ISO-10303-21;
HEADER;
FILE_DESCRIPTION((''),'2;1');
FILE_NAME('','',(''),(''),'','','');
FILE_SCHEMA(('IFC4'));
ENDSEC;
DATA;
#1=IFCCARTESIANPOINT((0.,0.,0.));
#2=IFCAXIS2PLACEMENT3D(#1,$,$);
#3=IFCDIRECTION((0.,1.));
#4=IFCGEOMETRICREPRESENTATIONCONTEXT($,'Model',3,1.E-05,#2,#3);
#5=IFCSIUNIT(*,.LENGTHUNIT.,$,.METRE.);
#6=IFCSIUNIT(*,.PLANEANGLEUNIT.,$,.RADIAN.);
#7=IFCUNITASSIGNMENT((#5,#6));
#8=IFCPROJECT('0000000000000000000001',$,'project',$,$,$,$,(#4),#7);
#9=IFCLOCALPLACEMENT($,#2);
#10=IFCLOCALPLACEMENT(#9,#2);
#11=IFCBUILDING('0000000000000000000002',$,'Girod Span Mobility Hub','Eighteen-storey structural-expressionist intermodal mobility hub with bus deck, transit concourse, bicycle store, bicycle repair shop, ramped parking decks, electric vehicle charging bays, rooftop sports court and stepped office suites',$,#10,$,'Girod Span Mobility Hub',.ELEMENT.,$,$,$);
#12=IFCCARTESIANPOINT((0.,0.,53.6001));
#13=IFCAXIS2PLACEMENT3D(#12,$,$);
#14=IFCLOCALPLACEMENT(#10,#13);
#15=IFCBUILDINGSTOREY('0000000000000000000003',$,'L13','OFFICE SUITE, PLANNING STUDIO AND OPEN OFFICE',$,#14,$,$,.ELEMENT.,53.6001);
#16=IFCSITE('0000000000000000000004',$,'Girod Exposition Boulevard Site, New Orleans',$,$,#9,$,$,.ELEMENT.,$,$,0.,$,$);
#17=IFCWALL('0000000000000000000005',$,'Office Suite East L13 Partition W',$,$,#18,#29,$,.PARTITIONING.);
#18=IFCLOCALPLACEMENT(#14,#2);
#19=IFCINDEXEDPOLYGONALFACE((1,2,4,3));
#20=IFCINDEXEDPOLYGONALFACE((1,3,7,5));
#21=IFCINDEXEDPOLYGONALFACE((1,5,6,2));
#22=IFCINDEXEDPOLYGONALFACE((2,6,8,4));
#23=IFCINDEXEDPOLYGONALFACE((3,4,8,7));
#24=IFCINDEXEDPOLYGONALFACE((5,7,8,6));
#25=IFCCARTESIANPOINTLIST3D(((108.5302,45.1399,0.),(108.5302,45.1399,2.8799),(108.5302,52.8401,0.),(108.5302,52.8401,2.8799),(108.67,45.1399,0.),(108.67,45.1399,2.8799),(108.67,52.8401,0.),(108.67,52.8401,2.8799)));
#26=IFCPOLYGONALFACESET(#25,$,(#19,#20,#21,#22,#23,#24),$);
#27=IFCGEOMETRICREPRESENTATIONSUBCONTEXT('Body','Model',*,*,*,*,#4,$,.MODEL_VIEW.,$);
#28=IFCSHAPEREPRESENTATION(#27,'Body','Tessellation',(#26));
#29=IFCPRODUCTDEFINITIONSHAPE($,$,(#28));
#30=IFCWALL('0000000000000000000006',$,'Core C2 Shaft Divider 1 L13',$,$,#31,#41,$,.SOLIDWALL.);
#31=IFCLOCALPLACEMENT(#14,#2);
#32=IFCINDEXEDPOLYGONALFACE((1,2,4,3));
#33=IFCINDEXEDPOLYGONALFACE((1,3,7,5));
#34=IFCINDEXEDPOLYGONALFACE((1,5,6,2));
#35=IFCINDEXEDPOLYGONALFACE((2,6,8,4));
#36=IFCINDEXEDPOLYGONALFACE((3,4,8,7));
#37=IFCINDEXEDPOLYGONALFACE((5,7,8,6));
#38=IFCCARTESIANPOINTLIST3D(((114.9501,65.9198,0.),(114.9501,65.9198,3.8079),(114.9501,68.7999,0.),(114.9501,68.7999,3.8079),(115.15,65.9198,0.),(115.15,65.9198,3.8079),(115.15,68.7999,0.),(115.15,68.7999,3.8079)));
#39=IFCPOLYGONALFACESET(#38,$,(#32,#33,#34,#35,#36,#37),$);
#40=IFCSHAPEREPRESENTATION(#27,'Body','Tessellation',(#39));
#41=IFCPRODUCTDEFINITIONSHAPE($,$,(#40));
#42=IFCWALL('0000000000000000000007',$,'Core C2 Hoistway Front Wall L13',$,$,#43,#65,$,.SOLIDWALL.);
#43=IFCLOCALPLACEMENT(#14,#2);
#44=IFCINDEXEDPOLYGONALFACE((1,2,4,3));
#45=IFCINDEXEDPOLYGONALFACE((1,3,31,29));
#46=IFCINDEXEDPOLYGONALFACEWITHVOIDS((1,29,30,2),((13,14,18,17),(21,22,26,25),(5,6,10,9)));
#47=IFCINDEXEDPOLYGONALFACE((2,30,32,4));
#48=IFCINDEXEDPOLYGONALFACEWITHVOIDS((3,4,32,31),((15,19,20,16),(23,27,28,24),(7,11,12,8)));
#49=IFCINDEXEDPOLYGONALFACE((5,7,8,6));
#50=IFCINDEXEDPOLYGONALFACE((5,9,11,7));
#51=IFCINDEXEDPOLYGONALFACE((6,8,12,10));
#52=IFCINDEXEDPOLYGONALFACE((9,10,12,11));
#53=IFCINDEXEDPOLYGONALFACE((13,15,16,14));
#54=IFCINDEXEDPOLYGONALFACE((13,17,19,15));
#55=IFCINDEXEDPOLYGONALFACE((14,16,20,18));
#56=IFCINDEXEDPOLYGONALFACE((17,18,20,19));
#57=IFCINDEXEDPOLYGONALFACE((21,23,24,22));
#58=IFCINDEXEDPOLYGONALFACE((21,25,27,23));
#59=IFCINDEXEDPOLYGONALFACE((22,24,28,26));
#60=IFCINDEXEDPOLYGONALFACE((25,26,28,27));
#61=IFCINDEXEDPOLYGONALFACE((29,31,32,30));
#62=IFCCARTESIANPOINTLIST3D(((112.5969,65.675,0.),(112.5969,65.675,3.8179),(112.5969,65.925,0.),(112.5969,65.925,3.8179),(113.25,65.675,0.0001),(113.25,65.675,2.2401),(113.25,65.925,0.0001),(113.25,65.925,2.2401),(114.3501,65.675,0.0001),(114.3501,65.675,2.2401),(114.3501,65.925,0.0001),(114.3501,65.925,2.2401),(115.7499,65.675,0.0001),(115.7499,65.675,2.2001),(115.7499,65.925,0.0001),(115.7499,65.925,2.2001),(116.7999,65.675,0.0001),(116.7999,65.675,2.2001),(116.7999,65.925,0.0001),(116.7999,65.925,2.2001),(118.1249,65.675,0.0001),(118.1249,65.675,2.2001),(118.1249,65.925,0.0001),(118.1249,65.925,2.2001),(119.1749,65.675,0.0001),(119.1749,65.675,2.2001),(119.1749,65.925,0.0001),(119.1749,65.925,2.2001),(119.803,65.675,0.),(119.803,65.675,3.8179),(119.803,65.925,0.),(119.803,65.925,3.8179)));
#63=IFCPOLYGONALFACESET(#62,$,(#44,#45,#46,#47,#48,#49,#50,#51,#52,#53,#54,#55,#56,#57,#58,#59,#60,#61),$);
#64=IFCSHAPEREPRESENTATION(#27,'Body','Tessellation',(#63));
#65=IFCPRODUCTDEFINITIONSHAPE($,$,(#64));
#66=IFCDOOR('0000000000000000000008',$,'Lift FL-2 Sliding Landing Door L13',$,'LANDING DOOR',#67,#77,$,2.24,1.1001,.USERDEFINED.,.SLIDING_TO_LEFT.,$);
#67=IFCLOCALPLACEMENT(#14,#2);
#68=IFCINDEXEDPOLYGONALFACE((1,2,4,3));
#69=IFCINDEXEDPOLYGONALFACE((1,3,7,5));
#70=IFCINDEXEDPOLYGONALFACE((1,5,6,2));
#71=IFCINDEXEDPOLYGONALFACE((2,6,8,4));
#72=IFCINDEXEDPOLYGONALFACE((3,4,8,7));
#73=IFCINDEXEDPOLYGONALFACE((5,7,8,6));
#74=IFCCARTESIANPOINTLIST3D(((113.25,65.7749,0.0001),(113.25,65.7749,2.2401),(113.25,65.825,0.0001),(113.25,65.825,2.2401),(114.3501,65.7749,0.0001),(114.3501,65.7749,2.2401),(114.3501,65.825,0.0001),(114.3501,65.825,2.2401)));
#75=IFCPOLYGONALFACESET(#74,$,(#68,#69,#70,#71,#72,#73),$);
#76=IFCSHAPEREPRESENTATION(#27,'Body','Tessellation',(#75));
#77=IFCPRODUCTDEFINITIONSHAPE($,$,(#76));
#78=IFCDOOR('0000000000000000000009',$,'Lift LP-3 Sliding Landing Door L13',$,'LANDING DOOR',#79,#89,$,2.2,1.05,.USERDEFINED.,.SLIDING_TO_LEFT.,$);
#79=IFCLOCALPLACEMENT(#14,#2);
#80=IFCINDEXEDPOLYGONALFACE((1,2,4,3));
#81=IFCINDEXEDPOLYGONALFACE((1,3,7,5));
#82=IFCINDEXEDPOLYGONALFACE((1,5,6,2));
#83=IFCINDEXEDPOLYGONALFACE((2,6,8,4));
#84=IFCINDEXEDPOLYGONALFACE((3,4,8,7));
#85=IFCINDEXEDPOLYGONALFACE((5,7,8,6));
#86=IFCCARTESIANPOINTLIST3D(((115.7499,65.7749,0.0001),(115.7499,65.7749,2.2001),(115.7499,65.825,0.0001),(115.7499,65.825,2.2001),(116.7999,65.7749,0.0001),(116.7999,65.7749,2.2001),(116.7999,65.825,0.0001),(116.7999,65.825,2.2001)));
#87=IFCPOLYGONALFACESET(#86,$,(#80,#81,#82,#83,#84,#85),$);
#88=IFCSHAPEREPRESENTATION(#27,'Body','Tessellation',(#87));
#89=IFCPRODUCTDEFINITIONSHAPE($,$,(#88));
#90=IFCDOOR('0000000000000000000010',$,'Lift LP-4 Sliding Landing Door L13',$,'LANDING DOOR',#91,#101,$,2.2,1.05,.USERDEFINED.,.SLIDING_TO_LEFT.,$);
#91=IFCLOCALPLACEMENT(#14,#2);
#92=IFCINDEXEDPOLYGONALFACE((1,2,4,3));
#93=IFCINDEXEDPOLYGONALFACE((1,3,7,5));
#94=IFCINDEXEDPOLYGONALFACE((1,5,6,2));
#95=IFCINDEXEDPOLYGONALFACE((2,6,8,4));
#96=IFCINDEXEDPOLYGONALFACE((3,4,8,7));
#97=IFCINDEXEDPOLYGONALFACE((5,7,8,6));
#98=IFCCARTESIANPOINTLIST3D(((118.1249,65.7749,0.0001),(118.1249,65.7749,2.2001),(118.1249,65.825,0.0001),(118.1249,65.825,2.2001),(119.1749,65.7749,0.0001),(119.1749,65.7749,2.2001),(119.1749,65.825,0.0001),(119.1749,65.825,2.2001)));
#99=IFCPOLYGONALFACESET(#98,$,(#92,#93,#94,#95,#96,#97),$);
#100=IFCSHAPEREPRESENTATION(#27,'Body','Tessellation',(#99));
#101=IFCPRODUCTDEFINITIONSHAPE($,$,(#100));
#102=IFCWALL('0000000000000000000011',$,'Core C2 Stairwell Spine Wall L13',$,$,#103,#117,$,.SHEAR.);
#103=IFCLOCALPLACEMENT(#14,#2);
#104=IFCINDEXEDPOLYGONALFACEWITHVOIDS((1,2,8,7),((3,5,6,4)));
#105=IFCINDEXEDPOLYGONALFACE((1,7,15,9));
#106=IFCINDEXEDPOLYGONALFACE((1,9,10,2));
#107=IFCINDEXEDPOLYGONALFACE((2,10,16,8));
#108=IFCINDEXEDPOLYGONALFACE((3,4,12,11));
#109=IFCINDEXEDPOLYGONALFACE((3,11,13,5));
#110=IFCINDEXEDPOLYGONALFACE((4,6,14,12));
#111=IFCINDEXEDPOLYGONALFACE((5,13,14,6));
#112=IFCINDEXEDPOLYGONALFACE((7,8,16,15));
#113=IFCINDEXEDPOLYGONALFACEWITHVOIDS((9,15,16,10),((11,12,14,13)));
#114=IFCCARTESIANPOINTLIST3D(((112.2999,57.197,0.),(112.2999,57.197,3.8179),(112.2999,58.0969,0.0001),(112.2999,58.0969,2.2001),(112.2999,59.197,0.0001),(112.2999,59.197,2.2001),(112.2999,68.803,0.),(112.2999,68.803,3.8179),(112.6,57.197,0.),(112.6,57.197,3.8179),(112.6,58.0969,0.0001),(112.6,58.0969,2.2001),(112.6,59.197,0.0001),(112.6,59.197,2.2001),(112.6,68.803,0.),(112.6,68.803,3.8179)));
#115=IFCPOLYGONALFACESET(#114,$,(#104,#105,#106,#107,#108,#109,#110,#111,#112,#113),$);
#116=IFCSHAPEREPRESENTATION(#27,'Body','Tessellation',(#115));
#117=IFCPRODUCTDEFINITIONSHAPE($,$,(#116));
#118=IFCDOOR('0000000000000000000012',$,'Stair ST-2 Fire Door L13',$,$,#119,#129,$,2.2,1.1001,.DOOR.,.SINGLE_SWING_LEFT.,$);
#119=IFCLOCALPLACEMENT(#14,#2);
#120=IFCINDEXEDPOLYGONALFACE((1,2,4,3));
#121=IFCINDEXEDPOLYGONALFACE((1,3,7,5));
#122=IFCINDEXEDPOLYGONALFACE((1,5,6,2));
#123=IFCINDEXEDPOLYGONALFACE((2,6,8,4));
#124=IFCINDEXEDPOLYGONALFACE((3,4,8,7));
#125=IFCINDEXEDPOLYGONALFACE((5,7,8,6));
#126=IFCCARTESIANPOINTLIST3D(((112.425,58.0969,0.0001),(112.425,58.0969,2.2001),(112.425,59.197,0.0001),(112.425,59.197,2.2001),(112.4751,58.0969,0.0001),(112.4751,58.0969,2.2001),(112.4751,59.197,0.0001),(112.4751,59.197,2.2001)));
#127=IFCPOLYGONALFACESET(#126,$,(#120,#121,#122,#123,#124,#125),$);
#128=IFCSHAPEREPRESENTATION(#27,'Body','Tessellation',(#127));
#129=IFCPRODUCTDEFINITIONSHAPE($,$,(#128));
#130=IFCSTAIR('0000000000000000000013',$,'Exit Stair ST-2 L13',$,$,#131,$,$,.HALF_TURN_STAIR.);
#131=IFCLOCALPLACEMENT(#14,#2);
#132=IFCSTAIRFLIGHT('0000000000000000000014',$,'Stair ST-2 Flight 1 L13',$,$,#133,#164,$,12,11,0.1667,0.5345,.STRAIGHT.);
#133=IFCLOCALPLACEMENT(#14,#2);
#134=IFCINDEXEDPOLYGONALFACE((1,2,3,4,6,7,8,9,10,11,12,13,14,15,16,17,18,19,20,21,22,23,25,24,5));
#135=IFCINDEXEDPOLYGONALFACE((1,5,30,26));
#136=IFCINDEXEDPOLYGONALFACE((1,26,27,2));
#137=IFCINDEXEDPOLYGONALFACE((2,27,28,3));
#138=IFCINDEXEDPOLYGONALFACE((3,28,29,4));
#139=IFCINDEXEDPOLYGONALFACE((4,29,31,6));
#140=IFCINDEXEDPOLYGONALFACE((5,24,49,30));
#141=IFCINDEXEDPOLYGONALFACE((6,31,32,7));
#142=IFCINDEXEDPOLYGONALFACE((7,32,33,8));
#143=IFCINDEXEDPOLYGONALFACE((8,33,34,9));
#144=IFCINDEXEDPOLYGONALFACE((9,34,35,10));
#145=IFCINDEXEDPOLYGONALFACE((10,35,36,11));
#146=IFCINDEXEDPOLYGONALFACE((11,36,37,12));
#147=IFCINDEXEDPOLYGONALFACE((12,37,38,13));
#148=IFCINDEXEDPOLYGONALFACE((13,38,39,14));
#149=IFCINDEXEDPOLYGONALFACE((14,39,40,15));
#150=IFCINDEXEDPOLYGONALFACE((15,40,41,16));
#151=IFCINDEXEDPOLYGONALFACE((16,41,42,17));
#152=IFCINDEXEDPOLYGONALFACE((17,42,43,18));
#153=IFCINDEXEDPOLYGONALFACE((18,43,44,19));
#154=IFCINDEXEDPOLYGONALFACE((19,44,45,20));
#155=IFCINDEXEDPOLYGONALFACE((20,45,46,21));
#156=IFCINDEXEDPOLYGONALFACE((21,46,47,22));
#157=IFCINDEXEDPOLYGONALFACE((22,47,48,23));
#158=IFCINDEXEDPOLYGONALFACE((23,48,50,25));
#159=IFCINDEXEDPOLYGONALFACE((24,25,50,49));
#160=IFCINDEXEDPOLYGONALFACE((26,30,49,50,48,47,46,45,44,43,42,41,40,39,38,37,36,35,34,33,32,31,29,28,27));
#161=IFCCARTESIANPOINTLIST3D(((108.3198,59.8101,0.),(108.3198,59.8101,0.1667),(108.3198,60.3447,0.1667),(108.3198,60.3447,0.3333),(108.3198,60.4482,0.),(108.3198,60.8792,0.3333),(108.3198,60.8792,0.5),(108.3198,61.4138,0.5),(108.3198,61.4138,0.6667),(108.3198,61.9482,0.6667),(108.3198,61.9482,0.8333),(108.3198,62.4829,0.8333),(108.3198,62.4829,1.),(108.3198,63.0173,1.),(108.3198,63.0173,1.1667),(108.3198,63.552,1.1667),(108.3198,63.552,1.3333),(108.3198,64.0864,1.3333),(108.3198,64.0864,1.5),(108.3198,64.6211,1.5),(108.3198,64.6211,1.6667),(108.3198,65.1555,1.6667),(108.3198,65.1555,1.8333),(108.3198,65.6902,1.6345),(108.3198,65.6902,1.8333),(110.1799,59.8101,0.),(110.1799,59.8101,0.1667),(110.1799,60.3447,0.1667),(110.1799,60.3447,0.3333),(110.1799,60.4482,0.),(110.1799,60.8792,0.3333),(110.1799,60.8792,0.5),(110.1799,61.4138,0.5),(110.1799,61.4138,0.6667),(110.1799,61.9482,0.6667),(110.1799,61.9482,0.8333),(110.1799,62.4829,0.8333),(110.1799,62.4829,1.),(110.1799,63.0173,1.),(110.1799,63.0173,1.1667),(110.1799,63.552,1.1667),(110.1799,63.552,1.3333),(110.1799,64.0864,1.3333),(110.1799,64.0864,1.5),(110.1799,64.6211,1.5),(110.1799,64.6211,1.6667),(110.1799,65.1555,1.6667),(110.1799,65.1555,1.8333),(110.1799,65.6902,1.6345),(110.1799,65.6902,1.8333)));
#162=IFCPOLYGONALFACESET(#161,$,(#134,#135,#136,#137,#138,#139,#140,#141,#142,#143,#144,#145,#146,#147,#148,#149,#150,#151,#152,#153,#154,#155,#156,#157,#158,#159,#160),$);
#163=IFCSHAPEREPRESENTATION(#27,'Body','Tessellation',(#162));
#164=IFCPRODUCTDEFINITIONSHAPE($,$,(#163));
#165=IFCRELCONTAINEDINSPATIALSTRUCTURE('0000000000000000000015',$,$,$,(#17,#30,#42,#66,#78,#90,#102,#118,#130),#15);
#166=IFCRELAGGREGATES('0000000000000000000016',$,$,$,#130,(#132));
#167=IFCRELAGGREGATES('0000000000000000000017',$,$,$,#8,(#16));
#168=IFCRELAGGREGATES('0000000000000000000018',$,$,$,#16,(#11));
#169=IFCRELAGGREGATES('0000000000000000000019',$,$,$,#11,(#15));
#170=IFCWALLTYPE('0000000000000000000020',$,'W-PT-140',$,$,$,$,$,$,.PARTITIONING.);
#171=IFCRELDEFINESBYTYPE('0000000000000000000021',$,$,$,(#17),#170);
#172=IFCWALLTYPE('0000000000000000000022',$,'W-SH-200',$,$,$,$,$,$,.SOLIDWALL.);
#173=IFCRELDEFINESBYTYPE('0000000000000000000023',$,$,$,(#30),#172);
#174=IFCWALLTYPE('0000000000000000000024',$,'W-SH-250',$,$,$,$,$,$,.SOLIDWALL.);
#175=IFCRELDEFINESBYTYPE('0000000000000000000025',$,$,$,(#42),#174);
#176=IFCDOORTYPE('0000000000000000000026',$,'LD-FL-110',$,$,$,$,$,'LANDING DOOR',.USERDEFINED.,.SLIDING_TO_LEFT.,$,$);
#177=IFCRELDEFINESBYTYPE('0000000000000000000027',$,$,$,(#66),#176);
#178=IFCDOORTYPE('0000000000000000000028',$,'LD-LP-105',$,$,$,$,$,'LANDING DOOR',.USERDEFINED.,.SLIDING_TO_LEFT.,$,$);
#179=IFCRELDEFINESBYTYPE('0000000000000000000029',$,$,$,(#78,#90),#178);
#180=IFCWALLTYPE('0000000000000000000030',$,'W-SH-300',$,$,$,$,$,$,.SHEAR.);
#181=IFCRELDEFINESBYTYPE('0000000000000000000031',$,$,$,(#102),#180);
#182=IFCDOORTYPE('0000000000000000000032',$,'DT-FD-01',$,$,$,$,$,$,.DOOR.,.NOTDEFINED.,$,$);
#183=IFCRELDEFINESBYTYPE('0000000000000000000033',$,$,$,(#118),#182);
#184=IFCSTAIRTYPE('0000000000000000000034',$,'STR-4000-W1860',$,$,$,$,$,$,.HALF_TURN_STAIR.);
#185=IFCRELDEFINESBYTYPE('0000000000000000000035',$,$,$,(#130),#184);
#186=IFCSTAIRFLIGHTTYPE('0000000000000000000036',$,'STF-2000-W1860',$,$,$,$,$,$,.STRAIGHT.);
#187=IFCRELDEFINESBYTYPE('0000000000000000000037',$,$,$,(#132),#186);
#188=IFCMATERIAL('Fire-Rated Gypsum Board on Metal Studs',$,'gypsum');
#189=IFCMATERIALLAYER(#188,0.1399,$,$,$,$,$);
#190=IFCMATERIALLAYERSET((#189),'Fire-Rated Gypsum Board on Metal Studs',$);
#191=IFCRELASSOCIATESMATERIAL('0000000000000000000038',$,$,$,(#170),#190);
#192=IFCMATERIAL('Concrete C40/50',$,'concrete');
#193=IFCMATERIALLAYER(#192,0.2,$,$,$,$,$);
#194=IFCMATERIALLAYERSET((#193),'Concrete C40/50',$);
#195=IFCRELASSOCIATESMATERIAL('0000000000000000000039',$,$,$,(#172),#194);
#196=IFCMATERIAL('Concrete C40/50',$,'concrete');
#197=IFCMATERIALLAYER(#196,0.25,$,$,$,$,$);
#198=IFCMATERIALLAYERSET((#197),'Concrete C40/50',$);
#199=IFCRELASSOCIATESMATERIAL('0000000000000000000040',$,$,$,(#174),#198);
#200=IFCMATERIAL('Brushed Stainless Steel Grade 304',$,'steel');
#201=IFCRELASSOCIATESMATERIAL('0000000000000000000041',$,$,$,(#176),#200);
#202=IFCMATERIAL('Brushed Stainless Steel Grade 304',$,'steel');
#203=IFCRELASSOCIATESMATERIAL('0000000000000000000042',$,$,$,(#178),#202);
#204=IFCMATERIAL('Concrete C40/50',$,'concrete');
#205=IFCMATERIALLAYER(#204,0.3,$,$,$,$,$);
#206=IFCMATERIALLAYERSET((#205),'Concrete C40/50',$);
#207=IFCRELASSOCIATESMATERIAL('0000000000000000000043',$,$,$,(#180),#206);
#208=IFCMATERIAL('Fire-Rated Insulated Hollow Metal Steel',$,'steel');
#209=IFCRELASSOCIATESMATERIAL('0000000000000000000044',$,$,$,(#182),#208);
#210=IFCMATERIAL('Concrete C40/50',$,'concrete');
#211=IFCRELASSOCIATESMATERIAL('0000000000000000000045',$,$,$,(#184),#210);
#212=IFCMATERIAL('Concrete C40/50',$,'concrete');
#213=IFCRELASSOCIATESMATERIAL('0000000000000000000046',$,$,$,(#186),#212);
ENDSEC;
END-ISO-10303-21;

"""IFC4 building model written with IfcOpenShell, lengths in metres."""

from ifc_helpers import new_model, si_unit, direction, frame, frame_2d, origin, place, context, subcontext, project, spatial, polyline, rectangle, outline, extrude, material, layer, layer_set, type_object, element, fill, aggregate, save


model = new_model("IFC4")

# Units and contexts
model_context = context("Model", 3, precision=1e-05, world=origin(), true_north=direction((0.0, 1.0)))
body_context = subcontext(model_context, "Body", "Model", "MODEL_VIEW")
ifc_project = project(units=[si_unit("LENGTHUNIT", "METRE"), si_unit("PLANEANGLEUNIT", "RADIAN")], contexts=[model_context])

# Site, building, storey
site_placement = place(None, origin())
site = spatial("IfcSite", under=ifc_project, at=site_placement, Name="Girod Exposition Boulevard Site, New Orleans", CompositionType="ELEMENT", RefElevation=0.0)
building_placement = place(site_placement, origin())
building = spatial("IfcBuilding", under=site, at=building_placement, Name="Girod Span Mobility Hub", Description="Eighteen-storey structural-expressionist intermodal mobility hub with bus deck, transit concourse, bicycle store, bicycle repair shop, ramped parking decks, electric vehicle charging bays, rooftop sports court and stepped office suites", LongName="Girod Span Mobility Hub", CompositionType="ELEMENT")
storey_placement = place(building_placement, frame((0.0, 0.0, 53.6001)))
storey = spatial("IfcBuildingStorey", under=building, at=storey_placement, Name="L13", Description="OFFICE SUITE, PLANNING STUDIO AND OPEN OFFICE", CompositionType="ELEMENT", Elevation=53.6001)

# Shared definitions
ifc_material_1 = material(Name="Fire-Rated Gypsum Board on Metal Studs", Category="gypsum")
ifc_layer_1 = layer(ifc_material_1, 0.1399)
ifc_layer_set_1 = layer_set([ifc_layer_1], Name="Fire-Rated Gypsum Board on Metal Studs")
wall_type_1 = type_object("IfcWallType", Name="W-PT-140", PredefinedType="PARTITIONING", material=ifc_layer_set_1)

# Walls
wall_1_placement = place(storey_placement, frame((108.6001, 45.1399, 0.0), z_axis=(0.0, 0.0, 1.0), x_axis=(0.0, 1.0, 0.0)))
element("IfcWall", 1, at=wall_1_placement, inside=storey, type_object=wall_type_1, Name="Office Suite East L13 Partition W", PredefinedType="PARTITIONING", context=body_context, shape_type="SweptSolid", body=[
    extrude(rectangle(XDim=7.7002, YDim=0.1399, at=frame_2d((3.8501, 0.0))), origin(), (0.0, 0.0, 1.0), 2.8799),
])
ifc_material_2 = material(Name="Concrete C40/50", Category="concrete")
ifc_layer_2 = layer(ifc_material_2, 0.2)
ifc_layer_set_2 = layer_set([ifc_layer_2], Name="Concrete C40/50")
wall_type_2 = type_object("IfcWallType", Name="W-SH-200", PredefinedType="SOLIDWALL", material=ifc_layer_set_2)
wall_2_placement = place(storey_placement, frame((115.05, 65.9199, 0.0), z_axis=(0.0, 0.0, 1.0), x_axis=(0.0, 1.0, 0.0)))
element("IfcWall", 2, at=wall_2_placement, inside=storey, type_object=wall_type_2, Name="Core C2 Shaft Divider 1 L13", PredefinedType="SOLIDWALL", context=body_context, shape_type="SweptSolid", body=[
    extrude(rectangle(XDim=2.8801, YDim=0.2, at=frame_2d((1.4399, 0.0))), origin(), (0.0, 0.0, 1.0), 3.8079),
])

# Wall, openings, doors
ifc_material_3 = material(Name="Concrete C40/50", Category="concrete")
ifc_layer_3 = layer(ifc_material_3, 0.25)
ifc_layer_set_3 = layer_set([ifc_layer_3], Name="Concrete C40/50")
wall_type_3 = type_object("IfcWallType", Name="W-SH-250", PredefinedType="SOLIDWALL", material=ifc_layer_set_3)
wall_3_placement = place(storey_placement, frame((112.5969, 65.8, 0.0), z_axis=(0.0, 0.0, 1.0), x_axis=(1.0, 0.0, 0.0)))
wall_3 = element("IfcWall", 3, at=wall_3_placement, inside=storey, type_object=wall_type_3, Name="Core C2 Hoistway Front Wall L13", PredefinedType="SOLIDWALL", context=body_context, shape_type="SweptSolid", body=[
    extrude(rectangle(XDim=7.2061, YDim=0.25, at=frame_2d((3.603, 0.0))), origin(), (0.0, 0.0, 1.0), 3.8179),
])
opening_1_placement = place(wall_3_placement, frame((0.6531, 0.0, 0.0)))
opening_1 = element("IfcOpeningElement", 4, at=opening_1_placement, cuts=wall_3, PredefinedType="OPENING", context=body_context, shape_type="SweptSolid", body=[
    extrude(rectangle(XDim=1.1001, YDim=2.24, at=frame_2d((0.55, 1.1201))), frame((0.0, 0.1399, 0.0), z_axis=(0.0, -1.0, 0.0), x_axis=(1.0, 0.0, 0.0)), (0.0, 0.0, 1.0), 0.28),
])
opening_2_placement = place(wall_3_placement, frame((3.1531, 0.0, 0.0)))
opening_2 = element("IfcOpeningElement", 5, at=opening_2_placement, cuts=wall_3, PredefinedType="OPENING", context=body_context, shape_type="SweptSolid", body=[
    extrude(rectangle(XDim=1.05, YDim=2.2, at=frame_2d((0.5249, 1.1001))), frame((0.0, 0.1399, 0.0), z_axis=(0.0, -1.0, 0.0), x_axis=(1.0, 0.0, 0.0)), (0.0, 0.0, 1.0), 0.28),
])
opening_3_placement = place(wall_3_placement, frame((5.5281, 0.0, 0.0)))
opening_3 = element("IfcOpeningElement", 6, at=opening_3_placement, cuts=wall_3, PredefinedType="OPENING", context=body_context, shape_type="SweptSolid", body=[
    extrude(rectangle(XDim=1.05, YDim=2.2, at=frame_2d((0.5249, 1.1001))), frame((0.0, 0.1399, 0.0), z_axis=(0.0, -1.0, 0.0), x_axis=(1.0, 0.0, 0.0)), (0.0, 0.0, 1.0), 0.28),
])
ifc_material_4 = material(Name="Brushed Stainless Steel Grade 304", Category="steel")
door_type_1 = type_object("IfcDoorType", Name="LD-FL-110", ElementType="LANDING DOOR", OperationType="SLIDING_TO_LEFT", PredefinedType="USERDEFINED", material=ifc_material_4)
door_1_placement = place(opening_1_placement, origin())
door_1 = element("IfcDoor", 7, at=door_1_placement, inside=storey, type_object=door_type_1, Name="Lift FL-2 Sliding Landing Door L13", ObjectType="LANDING DOOR", OperationType="SLIDING_TO_LEFT", OverallHeight=2.24, OverallWidth=1.1001, PredefinedType="USERDEFINED", context=body_context, shape_type="SweptSolid", body=[
    extrude(rectangle(XDim=1.1001, YDim=2.24, at=frame_2d((0.55, 1.1201))), frame((0.0, 0.0249, 0.0), z_axis=(0.0, -1.0, 0.0), x_axis=(1.0, 0.0, 0.0)), (0.0, 0.0, 1.0), 0.05),
])
fill(opening_1, door_1)
ifc_material_5 = material(Name="Brushed Stainless Steel Grade 304", Category="steel")
door_type_2 = type_object("IfcDoorType", Name="LD-LP-105", ElementType="LANDING DOOR", OperationType="SLIDING_TO_LEFT", PredefinedType="USERDEFINED", material=ifc_material_5)
door_2_placement = place(opening_2_placement, origin())
door_2 = element("IfcDoor", 8, at=door_2_placement, inside=storey, type_object=door_type_2, Name="Lift LP-3 Sliding Landing Door L13", ObjectType="LANDING DOOR", OperationType="SLIDING_TO_LEFT", OverallHeight=2.2, OverallWidth=1.05, PredefinedType="USERDEFINED", context=body_context, shape_type="SweptSolid", body=[
    extrude(rectangle(XDim=1.05, YDim=2.2, at=frame_2d((0.5249, 1.1001))), frame((0.0, 0.0249, 0.0), z_axis=(0.0, -1.0, 0.0), x_axis=(1.0, 0.0, 0.0)), (0.0, 0.0, 1.0), 0.05),
])
fill(opening_2, door_2)
door_3_placement = place(opening_3_placement, origin())
door_3 = element("IfcDoor", 9, at=door_3_placement, inside=storey, type_object=door_type_2, Name="Lift LP-4 Sliding Landing Door L13", ObjectType="LANDING DOOR", OperationType="SLIDING_TO_LEFT", OverallHeight=2.2, OverallWidth=1.05, PredefinedType="USERDEFINED", context=body_context, shape_type="SweptSolid", body=[
    extrude(rectangle(XDim=1.05, YDim=2.2, at=frame_2d((0.5249, 1.1001))), frame((0.0, 0.0249, 0.0), z_axis=(0.0, -1.0, 0.0), x_axis=(1.0, 0.0, 0.0)), (0.0, 0.0, 1.0), 0.05),
])
fill(opening_3, door_3)

# Wall, opening, door
ifc_material_6 = material(Name="Concrete C40/50", Category="concrete")
ifc_layer_4 = layer(ifc_material_6, 0.3)
ifc_layer_set_4 = layer_set([ifc_layer_4], Name="Concrete C40/50")
wall_type_4 = type_object("IfcWallType", Name="W-SH-300", PredefinedType="SHEAR", material=ifc_layer_set_4)
wall_4_placement = place(storey_placement, frame((112.45, 57.197, 0.0), z_axis=(0.0, 0.0, 1.0), x_axis=(0.0, 1.0, 0.0)))
wall_4 = element("IfcWall", 10, at=wall_4_placement, inside=storey, type_object=wall_type_4, Name="Core C2 Stairwell Spine Wall L13", PredefinedType="SHEAR", context=body_context, shape_type="SweptSolid", body=[
    extrude(rectangle(XDim=11.606, YDim=0.3, at=frame_2d((5.803, 0.0))), origin(), (0.0, 0.0, 1.0), 3.8179),
])
opening_4_placement = place(wall_4_placement, frame((0.8999, 0.0, 0.0)))
opening_4 = element("IfcOpeningElement", 11, at=opening_4_placement, cuts=wall_4, PredefinedType="OPENING", context=body_context, shape_type="SweptSolid", body=[
    extrude(rectangle(XDim=1.1001, YDim=2.2, at=frame_2d((0.55, 1.1001))), frame((0.0, 0.165, 0.0), z_axis=(0.0, -1.0, 0.0), x_axis=(1.0, 0.0, 0.0)), (0.0, 0.0, 1.0), 0.3301),
])
ifc_material_7 = material(Name="Fire-Rated Insulated Hollow Metal Steel", Category="steel")
door_type_3 = type_object("IfcDoorType", Name="DT-FD-01", OperationType="NOTDEFINED", PredefinedType="DOOR", material=ifc_material_7)
door_4_placement = place(opening_4_placement, origin())
door_4 = element("IfcDoor", 12, at=door_4_placement, inside=storey, type_object=door_type_3, Name="Stair ST-2 Fire Door L13", OperationType="SINGLE_SWING_LEFT", OverallHeight=2.2, OverallWidth=1.1001, PredefinedType="DOOR", context=body_context, shape_type="SweptSolid", body=[
    extrude(rectangle(XDim=1.1001, YDim=2.2, at=frame_2d((0.55, 1.1001))), frame((0.0, 0.0249, 0.0), z_axis=(0.0, -1.0, 0.0), x_axis=(1.0, 0.0, 0.0)), (0.0, 0.0, 1.0), 0.05),
])
fill(opening_4, door_4)

# Stair, stair flight
ifc_material_8 = material(Name="Concrete C40/50", Category="concrete")
stair_type = type_object("IfcStairType", Name="STR-4000-W1860", PredefinedType="HALF_TURN_STAIR", material=ifc_material_8)
stair_placement = place(storey_placement, origin())
stair = element("IfcStair", 13, at=stair_placement, inside=storey, type_object=stair_type, Name="Exit Stair ST-2 L13", PredefinedType="HALF_TURN_STAIR")
ifc_material_9 = material(Name="Concrete C40/50", Category="concrete")
stair_flight_type = type_object("IfcStairFlightType", Name="STF-2000-W1860", PredefinedType="STRAIGHT", material=ifc_material_9)
stair_flight_1_placement = place(storey_placement, frame((109.25, 59.8101, 0.0), z_axis=(0.0, 0.0, 1.0), x_axis=(0.0, 1.0, 0.0)))
stair_flight_1 = element("IfcStairFlight", 14, at=stair_flight_1_placement, type_object=stair_flight_type, Name="Stair ST-2 Flight 1 L13", NumberOfRisers=12, NumberOfTreads=11, PredefinedType="STRAIGHT", RiserHeight=0.1667, TreadLength=0.5345, context=body_context, shape_type="SweptSolid", body=[
    extrude(outline(polyline([(0.0, 0.0), (0.0, 0.1667), (0.5347, 0.1667), (0.5347, 0.3333), (1.0691, 0.3333), (1.0691, 0.5), (1.6038, 0.5), (1.6038, 0.6667), (2.1382, 0.6667), (2.1382, 0.8333), (2.6729, 0.8333), (2.6729, 1.0), (3.2073, 1.0), (3.2073, 1.1667), (3.7419, 1.1667), (3.7419, 1.3333), (4.2764, 1.3333), (4.2764, 1.5), (4.811, 1.5), (4.811, 1.6667), (5.3455, 1.6667), (5.3455, 1.8333), (5.8801, 1.8333), (5.8801, 2.0), (5.8801, 1.6345), (0.6382, 0.0), (0.0, 0.0)])), frame((0.0, 0.9302, 0.0), z_axis=(0.0, -1.0, 0.0), x_axis=(1.0, 0.0, 0.0)), (0.0, 0.0, 1.0), 1.8601),
])
aggregate(stair, [stair_flight_1])

save(model, "model.ifc")
